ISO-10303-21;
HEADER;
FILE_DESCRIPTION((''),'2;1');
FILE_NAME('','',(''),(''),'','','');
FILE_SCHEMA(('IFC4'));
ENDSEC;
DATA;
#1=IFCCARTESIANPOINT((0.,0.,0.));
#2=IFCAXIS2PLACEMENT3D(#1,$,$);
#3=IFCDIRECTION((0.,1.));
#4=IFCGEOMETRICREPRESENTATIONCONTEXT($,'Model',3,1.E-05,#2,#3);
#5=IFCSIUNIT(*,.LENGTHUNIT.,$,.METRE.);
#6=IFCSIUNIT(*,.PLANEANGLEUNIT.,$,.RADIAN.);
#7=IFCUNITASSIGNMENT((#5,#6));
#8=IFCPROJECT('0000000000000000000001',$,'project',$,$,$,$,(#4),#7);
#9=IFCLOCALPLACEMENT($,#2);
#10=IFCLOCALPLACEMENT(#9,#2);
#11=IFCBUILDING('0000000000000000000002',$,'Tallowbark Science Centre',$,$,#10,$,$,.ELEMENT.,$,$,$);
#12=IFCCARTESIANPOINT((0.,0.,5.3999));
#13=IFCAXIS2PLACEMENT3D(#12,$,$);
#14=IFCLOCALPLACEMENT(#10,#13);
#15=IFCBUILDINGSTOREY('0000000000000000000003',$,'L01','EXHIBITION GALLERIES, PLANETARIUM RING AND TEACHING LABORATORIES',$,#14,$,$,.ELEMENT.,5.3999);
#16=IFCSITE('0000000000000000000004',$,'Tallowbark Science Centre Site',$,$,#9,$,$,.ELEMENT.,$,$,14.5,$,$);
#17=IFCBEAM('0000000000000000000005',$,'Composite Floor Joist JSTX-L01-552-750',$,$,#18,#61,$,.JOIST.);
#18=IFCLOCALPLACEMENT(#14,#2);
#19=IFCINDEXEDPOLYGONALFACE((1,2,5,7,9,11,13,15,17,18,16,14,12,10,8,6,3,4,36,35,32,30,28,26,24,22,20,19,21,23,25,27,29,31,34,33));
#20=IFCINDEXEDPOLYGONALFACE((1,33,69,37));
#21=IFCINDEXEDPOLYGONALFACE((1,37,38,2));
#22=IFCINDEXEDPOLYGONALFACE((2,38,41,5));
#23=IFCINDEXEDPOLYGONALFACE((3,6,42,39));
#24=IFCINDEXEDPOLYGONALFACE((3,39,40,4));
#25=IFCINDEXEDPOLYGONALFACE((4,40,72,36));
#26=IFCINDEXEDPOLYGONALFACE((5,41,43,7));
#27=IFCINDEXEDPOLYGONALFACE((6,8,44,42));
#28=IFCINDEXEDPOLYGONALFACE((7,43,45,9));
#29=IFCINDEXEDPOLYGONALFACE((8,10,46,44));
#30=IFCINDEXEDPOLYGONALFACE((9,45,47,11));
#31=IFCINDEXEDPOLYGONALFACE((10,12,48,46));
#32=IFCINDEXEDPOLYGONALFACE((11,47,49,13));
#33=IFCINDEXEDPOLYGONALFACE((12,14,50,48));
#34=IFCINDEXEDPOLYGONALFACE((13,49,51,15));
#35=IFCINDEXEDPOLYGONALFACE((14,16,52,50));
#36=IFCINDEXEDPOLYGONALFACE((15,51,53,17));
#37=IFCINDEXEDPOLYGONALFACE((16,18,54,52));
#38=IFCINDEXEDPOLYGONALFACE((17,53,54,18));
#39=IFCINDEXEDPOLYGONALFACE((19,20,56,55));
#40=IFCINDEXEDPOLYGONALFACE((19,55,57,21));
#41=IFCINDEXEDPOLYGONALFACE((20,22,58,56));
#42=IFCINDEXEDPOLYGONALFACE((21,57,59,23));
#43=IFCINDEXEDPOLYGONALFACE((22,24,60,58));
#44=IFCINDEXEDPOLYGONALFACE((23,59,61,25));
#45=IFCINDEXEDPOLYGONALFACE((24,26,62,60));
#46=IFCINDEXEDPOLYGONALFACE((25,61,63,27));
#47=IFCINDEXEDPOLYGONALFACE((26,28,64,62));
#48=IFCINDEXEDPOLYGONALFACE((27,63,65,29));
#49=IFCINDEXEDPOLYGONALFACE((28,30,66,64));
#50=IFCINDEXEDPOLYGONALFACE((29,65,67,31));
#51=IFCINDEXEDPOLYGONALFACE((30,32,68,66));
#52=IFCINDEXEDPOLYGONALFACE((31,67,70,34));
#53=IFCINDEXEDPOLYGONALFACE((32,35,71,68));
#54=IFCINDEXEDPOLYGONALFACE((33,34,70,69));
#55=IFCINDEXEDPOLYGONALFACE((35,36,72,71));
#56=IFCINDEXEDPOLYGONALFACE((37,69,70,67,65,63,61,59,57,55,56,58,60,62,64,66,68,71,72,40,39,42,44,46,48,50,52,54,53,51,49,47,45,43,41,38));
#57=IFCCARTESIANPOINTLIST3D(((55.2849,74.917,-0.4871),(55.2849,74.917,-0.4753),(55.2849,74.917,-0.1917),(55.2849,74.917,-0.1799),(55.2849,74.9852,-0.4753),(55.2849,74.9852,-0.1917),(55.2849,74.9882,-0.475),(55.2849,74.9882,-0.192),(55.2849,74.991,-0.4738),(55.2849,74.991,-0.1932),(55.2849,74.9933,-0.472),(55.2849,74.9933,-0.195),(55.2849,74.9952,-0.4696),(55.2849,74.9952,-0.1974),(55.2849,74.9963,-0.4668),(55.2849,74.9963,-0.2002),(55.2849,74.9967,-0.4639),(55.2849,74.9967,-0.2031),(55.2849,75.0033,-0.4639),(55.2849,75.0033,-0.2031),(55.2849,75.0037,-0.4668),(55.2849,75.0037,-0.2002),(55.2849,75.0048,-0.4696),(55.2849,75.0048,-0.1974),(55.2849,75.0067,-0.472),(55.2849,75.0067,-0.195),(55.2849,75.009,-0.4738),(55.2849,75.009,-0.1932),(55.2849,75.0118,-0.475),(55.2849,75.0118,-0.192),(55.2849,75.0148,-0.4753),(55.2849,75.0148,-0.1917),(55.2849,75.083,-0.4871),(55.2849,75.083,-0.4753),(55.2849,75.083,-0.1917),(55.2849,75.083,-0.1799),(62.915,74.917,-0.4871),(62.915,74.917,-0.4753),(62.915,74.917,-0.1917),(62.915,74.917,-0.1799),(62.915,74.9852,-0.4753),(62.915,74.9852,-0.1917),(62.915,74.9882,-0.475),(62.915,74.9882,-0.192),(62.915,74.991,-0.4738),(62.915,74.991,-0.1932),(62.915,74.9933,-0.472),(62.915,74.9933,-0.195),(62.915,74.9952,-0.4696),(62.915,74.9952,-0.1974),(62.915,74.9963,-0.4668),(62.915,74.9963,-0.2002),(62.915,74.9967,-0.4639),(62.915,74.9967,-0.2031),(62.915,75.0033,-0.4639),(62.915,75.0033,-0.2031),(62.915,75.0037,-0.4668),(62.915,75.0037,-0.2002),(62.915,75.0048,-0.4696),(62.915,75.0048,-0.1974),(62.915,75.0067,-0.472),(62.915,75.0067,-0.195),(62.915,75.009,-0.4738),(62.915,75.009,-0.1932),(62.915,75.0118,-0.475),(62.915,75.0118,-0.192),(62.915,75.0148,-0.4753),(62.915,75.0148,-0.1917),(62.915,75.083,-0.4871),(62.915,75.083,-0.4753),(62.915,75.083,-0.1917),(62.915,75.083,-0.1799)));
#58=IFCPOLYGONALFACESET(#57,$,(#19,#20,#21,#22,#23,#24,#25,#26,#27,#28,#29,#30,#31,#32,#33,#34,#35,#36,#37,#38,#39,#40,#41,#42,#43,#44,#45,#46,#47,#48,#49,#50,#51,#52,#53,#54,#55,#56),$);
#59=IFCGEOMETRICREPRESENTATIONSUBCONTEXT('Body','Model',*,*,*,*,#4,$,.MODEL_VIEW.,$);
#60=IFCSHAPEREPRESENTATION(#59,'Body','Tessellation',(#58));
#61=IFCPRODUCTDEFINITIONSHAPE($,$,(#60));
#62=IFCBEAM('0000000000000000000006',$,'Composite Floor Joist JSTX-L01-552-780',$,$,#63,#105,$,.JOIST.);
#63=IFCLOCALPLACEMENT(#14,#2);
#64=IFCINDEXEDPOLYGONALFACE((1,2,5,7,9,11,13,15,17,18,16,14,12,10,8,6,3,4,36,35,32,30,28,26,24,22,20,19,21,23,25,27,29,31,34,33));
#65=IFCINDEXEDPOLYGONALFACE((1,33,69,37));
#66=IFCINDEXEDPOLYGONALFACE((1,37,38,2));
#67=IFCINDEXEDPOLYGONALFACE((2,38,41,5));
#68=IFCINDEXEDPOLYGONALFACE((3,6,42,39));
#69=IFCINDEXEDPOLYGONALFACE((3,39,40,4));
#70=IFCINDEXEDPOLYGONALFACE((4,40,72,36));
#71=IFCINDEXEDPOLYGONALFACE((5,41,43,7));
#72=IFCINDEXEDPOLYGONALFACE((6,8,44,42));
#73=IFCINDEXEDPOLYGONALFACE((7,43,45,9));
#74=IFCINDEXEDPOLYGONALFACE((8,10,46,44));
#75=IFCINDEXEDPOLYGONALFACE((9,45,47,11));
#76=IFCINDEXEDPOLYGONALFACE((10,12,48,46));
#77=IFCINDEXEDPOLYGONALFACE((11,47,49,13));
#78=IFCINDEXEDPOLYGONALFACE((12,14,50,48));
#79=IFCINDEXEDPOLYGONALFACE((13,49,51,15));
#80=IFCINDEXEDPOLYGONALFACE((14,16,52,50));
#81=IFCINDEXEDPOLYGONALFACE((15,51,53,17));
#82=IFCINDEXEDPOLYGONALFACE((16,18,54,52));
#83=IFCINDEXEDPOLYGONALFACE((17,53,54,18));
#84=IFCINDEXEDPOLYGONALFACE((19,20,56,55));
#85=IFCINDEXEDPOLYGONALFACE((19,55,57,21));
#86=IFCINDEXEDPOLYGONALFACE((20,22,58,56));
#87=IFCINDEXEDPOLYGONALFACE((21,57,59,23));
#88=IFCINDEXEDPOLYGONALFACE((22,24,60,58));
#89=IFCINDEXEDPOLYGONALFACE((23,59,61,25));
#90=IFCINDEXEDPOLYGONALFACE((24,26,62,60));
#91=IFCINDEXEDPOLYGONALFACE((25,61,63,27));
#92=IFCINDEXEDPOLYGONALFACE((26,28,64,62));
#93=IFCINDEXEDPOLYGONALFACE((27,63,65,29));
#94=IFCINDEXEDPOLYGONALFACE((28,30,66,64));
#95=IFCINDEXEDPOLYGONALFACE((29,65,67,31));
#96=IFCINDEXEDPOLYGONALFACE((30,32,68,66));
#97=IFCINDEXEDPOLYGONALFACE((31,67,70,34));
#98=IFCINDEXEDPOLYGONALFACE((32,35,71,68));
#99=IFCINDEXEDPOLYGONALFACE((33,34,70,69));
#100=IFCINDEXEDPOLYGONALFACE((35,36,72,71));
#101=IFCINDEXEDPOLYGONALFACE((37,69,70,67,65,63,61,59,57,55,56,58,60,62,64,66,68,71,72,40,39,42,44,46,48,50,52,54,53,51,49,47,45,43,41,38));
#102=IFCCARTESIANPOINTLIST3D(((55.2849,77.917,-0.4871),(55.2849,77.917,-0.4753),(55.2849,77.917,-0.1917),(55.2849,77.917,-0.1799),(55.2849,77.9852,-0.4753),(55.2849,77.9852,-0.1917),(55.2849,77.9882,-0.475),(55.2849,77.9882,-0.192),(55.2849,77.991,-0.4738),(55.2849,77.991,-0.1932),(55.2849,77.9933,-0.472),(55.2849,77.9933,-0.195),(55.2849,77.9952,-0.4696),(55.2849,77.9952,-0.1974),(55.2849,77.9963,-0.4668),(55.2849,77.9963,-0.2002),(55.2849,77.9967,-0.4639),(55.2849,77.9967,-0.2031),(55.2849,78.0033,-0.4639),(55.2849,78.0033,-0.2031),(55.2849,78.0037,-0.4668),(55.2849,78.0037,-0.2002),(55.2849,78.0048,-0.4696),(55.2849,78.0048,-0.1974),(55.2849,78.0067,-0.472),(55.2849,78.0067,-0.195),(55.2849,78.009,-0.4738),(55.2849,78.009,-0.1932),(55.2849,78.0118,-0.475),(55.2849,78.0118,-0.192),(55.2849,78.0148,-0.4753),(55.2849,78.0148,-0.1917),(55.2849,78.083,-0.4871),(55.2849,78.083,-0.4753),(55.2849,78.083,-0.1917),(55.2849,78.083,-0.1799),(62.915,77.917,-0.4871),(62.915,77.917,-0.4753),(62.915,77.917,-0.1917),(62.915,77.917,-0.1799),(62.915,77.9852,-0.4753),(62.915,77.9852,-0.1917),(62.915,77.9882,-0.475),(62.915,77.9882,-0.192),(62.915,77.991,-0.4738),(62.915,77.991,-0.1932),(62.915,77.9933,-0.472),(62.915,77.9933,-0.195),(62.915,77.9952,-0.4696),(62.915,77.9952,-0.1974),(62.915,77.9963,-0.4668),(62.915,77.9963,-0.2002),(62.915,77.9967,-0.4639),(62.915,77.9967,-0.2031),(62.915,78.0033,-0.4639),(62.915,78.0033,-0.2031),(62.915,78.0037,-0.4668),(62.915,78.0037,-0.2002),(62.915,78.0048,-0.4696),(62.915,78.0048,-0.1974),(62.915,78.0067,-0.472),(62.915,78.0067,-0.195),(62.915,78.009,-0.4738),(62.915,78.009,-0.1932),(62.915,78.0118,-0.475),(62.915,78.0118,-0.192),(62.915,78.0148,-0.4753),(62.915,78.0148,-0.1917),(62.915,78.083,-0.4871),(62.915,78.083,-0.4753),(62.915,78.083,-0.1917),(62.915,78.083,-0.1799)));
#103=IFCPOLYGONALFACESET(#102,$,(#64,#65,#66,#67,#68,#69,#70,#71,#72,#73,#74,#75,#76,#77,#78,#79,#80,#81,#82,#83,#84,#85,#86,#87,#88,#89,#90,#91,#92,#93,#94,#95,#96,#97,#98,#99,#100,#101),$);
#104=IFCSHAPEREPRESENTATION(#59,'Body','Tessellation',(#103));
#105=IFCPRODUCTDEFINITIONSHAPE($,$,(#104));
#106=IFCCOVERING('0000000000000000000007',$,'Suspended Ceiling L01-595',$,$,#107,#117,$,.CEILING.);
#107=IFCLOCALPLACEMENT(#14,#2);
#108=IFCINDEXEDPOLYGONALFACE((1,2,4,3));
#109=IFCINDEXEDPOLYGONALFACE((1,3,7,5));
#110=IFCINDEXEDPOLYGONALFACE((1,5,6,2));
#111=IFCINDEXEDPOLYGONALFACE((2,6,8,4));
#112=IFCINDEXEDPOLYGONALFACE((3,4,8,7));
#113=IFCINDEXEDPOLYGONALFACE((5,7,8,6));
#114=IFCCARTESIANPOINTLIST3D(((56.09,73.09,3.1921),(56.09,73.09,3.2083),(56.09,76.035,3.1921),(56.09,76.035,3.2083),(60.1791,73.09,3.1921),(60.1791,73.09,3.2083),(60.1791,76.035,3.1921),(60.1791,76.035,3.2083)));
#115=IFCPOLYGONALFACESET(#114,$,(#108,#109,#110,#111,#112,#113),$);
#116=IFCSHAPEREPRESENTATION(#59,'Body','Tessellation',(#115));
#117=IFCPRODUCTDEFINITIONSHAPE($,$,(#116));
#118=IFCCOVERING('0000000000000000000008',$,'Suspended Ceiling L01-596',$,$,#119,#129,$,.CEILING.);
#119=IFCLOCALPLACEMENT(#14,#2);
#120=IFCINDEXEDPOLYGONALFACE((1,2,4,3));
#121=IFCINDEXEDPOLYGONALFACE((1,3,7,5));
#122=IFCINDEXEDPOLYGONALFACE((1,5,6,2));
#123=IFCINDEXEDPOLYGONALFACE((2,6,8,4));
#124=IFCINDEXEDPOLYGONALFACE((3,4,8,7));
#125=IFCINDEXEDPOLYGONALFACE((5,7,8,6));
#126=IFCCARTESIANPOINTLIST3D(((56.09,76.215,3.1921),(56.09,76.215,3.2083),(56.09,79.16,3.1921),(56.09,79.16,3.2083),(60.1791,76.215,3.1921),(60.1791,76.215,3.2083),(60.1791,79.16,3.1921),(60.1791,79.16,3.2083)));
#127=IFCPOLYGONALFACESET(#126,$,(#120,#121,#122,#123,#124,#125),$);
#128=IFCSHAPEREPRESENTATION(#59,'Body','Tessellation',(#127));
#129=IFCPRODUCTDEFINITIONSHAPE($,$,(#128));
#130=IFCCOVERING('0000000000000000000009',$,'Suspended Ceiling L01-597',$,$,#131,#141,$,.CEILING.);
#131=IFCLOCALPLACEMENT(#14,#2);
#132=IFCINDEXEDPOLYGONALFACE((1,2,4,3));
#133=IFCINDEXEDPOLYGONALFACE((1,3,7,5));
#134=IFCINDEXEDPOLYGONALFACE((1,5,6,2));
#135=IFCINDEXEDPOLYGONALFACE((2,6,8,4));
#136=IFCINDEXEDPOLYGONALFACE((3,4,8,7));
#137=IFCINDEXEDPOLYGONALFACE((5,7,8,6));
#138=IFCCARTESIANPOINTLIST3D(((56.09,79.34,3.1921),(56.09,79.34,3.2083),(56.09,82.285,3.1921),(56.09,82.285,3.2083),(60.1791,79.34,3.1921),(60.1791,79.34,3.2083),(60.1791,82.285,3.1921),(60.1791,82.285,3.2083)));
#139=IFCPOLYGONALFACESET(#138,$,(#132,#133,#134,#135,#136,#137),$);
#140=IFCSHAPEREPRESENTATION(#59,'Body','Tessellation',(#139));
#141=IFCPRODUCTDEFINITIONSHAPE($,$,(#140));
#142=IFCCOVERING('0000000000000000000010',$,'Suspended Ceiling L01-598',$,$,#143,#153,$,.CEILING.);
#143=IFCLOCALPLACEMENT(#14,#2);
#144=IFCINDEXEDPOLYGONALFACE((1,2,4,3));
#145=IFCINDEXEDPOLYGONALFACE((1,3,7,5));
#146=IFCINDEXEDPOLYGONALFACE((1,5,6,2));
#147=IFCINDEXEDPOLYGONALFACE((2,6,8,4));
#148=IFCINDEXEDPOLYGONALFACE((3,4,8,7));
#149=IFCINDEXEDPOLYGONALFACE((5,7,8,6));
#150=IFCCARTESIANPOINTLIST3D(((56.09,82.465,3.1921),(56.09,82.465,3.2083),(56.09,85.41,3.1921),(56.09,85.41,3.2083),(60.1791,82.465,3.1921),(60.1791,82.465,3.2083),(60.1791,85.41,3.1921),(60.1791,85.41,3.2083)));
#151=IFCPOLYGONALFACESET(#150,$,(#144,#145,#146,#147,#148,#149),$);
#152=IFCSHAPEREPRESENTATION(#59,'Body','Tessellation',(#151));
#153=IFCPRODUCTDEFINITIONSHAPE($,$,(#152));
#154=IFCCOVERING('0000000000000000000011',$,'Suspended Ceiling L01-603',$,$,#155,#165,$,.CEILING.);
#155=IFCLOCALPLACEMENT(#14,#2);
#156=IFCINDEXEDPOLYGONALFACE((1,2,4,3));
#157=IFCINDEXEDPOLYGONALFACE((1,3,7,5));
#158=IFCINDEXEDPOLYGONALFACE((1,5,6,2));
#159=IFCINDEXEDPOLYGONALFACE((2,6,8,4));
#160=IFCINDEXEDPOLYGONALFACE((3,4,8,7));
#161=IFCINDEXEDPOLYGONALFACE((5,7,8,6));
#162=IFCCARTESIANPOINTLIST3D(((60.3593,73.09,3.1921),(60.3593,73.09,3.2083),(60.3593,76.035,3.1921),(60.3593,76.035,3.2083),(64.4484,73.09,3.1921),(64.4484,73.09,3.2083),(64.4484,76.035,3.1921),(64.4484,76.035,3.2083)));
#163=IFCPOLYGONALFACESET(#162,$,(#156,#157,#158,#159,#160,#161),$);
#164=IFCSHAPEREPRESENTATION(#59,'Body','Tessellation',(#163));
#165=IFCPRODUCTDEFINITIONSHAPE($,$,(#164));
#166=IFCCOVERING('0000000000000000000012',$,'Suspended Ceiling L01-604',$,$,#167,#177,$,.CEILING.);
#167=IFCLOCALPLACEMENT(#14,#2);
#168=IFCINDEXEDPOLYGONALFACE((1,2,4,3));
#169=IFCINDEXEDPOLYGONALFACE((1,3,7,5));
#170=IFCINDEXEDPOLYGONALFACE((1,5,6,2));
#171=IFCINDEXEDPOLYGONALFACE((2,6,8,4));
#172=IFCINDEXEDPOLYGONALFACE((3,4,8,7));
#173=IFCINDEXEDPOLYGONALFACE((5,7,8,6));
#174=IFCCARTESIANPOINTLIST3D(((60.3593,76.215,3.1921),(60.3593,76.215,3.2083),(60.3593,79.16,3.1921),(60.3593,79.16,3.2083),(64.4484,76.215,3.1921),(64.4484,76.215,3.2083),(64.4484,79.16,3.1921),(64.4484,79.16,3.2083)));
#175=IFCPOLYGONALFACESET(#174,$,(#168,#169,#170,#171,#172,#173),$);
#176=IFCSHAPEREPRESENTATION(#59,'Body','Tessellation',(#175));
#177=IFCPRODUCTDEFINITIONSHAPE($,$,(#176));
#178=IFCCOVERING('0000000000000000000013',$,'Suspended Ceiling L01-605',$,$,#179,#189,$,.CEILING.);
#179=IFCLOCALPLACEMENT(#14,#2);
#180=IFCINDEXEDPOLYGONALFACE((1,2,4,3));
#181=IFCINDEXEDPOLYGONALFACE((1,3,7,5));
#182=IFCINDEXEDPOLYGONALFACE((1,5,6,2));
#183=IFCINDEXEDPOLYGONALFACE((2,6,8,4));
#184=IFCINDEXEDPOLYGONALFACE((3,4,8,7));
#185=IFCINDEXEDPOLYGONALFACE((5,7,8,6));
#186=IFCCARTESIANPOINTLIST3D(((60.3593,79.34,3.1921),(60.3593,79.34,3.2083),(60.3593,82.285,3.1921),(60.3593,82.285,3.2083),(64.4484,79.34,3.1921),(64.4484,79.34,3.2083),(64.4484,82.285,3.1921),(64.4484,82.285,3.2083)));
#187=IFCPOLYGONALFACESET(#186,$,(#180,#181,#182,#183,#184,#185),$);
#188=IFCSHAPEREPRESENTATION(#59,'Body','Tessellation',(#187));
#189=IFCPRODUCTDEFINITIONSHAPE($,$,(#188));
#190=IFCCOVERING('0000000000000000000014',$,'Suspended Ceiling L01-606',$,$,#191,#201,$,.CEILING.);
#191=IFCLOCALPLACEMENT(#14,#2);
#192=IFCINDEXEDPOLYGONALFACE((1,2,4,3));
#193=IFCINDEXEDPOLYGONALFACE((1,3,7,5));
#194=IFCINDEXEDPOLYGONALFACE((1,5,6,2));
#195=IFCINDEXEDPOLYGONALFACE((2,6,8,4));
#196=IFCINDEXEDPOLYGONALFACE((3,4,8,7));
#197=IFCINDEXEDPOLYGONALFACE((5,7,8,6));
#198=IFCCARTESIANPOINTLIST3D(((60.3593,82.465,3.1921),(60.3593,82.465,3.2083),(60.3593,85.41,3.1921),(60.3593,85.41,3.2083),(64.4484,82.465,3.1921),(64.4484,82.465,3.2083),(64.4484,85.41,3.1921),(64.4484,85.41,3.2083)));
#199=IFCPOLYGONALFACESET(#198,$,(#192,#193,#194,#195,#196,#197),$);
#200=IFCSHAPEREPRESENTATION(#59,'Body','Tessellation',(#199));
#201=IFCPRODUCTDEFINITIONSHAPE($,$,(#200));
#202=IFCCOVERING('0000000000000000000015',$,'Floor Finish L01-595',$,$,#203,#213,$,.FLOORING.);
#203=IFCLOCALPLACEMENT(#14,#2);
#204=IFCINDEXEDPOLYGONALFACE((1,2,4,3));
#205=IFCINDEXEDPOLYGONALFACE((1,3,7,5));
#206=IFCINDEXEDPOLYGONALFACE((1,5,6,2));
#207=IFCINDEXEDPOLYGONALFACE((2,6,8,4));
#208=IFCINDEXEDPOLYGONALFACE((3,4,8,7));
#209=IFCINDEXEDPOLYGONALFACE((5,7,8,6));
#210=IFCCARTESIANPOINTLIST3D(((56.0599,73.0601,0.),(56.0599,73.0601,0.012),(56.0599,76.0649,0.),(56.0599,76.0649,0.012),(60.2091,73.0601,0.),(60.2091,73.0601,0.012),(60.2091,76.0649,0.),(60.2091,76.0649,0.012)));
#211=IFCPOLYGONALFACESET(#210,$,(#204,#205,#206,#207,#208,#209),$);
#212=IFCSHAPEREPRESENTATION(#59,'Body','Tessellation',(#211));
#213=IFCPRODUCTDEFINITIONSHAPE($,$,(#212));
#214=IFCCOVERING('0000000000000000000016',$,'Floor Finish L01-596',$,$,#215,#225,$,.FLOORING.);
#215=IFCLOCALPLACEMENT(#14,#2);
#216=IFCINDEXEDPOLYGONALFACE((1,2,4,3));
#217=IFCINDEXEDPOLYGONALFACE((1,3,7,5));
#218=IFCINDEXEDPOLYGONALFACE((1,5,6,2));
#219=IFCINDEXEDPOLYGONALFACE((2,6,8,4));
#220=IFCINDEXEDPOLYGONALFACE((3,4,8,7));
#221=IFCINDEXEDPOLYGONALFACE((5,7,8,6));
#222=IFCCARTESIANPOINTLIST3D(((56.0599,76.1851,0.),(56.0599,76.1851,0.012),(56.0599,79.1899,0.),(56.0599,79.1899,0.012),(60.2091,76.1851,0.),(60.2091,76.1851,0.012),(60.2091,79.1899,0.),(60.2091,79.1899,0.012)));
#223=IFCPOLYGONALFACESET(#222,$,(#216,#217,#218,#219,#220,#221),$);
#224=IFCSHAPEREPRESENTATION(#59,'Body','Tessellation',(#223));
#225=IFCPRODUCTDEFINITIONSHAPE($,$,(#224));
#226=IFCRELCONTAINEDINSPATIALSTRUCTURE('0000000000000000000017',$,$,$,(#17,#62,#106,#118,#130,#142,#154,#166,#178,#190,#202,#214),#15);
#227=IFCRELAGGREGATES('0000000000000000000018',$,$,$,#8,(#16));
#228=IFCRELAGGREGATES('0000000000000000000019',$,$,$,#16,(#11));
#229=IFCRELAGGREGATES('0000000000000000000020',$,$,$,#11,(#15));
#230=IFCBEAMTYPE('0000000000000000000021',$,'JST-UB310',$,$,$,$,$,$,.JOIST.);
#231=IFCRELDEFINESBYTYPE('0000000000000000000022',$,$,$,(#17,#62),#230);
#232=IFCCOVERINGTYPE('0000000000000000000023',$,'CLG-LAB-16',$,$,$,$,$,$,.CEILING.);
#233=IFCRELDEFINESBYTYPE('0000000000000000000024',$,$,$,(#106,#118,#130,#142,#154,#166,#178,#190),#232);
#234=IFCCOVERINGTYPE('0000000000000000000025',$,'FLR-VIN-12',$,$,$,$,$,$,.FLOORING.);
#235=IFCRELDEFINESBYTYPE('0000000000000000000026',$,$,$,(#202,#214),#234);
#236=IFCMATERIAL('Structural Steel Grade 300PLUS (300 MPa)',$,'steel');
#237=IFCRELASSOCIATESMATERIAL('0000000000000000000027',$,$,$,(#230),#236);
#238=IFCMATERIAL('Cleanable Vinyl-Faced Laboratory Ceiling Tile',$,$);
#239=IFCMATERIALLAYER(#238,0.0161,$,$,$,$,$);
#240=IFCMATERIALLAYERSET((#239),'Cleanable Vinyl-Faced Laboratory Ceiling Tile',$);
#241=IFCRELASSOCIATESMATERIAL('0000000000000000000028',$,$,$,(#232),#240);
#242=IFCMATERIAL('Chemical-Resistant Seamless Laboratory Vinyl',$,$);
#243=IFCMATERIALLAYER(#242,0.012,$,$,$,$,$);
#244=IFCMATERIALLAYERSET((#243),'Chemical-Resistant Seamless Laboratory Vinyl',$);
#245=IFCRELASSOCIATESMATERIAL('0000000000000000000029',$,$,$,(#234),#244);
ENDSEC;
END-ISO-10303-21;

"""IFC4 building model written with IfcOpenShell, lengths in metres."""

from ifc_helpers import new_model, si_unit, direction, frame, origin, origin_2d, place, context, subcontext, project, spatial, rectangle, i_section, extrude, material, layer, layer_set, material_profile, profile_set, type_object, element, save


model = new_model("IFC4")

# Units and contexts
model_context = context("Model", 3, precision=1e-05, world=origin(), true_north=direction((0.0, 1.0)))
body_context = subcontext(model_context, "Body", "Model", "MODEL_VIEW")
ifc_project = project(units=[si_unit("LENGTHUNIT", "METRE"), si_unit("PLANEANGLEUNIT", "RADIAN")], contexts=[model_context])

# Site, building, storey
site_placement = place(None, origin())
site = spatial("IfcSite", under=ifc_project, at=site_placement, Name="Tallowbark Science Centre Site", CompositionType="ELEMENT", RefElevation=14.5)
building_placement = place(site_placement, origin())
building = spatial("IfcBuilding", under=site, at=building_placement, Name="Tallowbark Science Centre", CompositionType="ELEMENT")
storey_placement = place(building_placement, frame((0.0, 0.0, 5.3999)))
storey = spatial("IfcBuildingStorey", under=building, at=storey_placement, Name="L01", Description="EXHIBITION GALLERIES, PLANETARIUM RING AND TEACHING LABORATORIES", CompositionType="ELEMENT", Elevation=5.3999)

# Shared definitions
ifc_material_1 = material(Name="Structural Steel Grade 300PLUS (300 MPa)", Category="steel")

# Beams
ifc_material_profile_1 = material_profile(ifc_material_1, i_section(OverallWidth=0.166, OverallDepth=0.3071, WebThickness=0.0066, FlangeThickness=0.0117, FilletRadius=0.0115, at=origin_2d()), Name="310UB46.2")
ifc_profile_set_1 = profile_set([ifc_material_profile_1], Name="Structural Steel Grade 300PLUS (300 MPa)")
beam_type_1 = type_object("IfcBeamType", Name="JST-UB310", PredefinedType="JOIST", material=ifc_profile_set_1)
for number, where, z_axis, x_axis, name in (
    (1, (55.2849, 75.0, -0.3335), (1.0, 0.0, 0.0), (0.0, 1.0, 0.0), "Composite Floor Joist JSTX-L01-552-750"),
    (2, (55.2849, 78.0, -0.3335), (1.0, 0.0, 0.0), (0.0, 1.0, 0.0), "Composite Floor Joist JSTX-L01-552-780"),
):
    element("IfcBeam", number, at=place(storey_placement, frame(where, z_axis=z_axis, x_axis=x_axis)), inside=storey, type_object=beam_type_1, Name=name, PredefinedType="JOIST", context=body_context, shape_type="SweptSolid", body=[
        extrude(i_section(OverallWidth=0.166, OverallDepth=0.3071, WebThickness=0.0066, FlangeThickness=0.0117, FilletRadius=0.0115, at=origin_2d()), origin(), (0.0, 0.0, 1.0), 7.6301),
    ])

# Coverings
ifc_material_2 = material(Name="Cleanable Vinyl-Faced Laboratory Ceiling Tile")
ifc_layer_1 = layer(ifc_material_2, 0.0161)
ifc_layer_set_1 = layer_set([ifc_layer_1], Name="Cleanable Vinyl-Faced Laboratory Ceiling Tile")
covering_type_1 = type_object("IfcCoveringType", Name="CLG-LAB-16", PredefinedType="CEILING", material=ifc_layer_set_1)
for number, where, z_axis, x_axis, name in (
    (3, (58.1345, 74.5625, 3.1921), (0.0, 0.0, 1.0), (1.0, 0.0, 0.0), "Suspended Ceiling L01-595"),
    (4, (58.1345, 77.6875, 3.1921), (0.0, 0.0, 1.0), (1.0, 0.0, 0.0), "Suspended Ceiling L01-596"),
    (5, (58.1345, 80.8125, 3.1921), (0.0, 0.0, 1.0), (1.0, 0.0, 0.0), "Suspended Ceiling L01-597"),
    (6, (58.1345, 83.9375, 3.1921), (0.0, 0.0, 1.0), (1.0, 0.0, 0.0), "Suspended Ceiling L01-598"),
    (7, (62.4038, 74.5625, 3.1921), (0.0, 0.0, 1.0), (1.0, 0.0, 0.0), "Suspended Ceiling L01-603"),
    (8, (62.4038, 77.6875, 3.1921), (0.0, 0.0, 1.0), (1.0, 0.0, 0.0), "Suspended Ceiling L01-604"),
    (9, (62.4038, 80.8125, 3.1921), (0.0, 0.0, 1.0), (1.0, 0.0, 0.0), "Suspended Ceiling L01-605"),
    (10, (62.4038, 83.9375, 3.1921), (0.0, 0.0, 1.0), (1.0, 0.0, 0.0), "Suspended Ceiling L01-606"),
):
    element("IfcCovering", number, at=place(storey_placement, frame(where, z_axis=z_axis, x_axis=x_axis)), inside=storey, type_object=covering_type_1, Name=name, PredefinedType="CEILING", context=body_context, shape_type="SweptSolid", body=[
        extrude(rectangle(XDim=4.0891, YDim=2.9451, at=origin_2d()), origin(), (0.0, 0.0, 1.0), 0.0161),
    ])
ifc_material_3 = material(Name="Chemical-Resistant Seamless Laboratory Vinyl")
ifc_layer_2 = layer(ifc_material_3, 0.012)
ifc_layer_set_2 = layer_set([ifc_layer_2], Name="Chemical-Resistant Seamless Laboratory Vinyl")
covering_type_2 = type_object("IfcCoveringType", Name="FLR-VIN-12", PredefinedType="FLOORING", material=ifc_layer_set_2)
for number, where, z_axis, x_axis, name in (
    (11, (58.1345, 74.5625, 0.0), (0.0, 0.0, 1.0), (1.0, 0.0, 0.0), "Floor Finish L01-595"),
    (12, (58.1345, 77.6875, 0.0), (0.0, 0.0, 1.0), (1.0, 0.0, 0.0), "Floor Finish L01-596"),
):
    element("IfcCovering", number, at=place(storey_placement, frame(where, z_axis=z_axis, x_axis=x_axis)), inside=storey, type_object=covering_type_2, Name=name, PredefinedType="FLOORING", context=body_context, shape_type="SweptSolid", body=[
        extrude(rectangle(XDim=4.1492, YDim=3.0049, at=origin_2d()), origin(), (0.0, 0.0, 1.0), 0.012),
    ])

save(model, "model.ifc")
